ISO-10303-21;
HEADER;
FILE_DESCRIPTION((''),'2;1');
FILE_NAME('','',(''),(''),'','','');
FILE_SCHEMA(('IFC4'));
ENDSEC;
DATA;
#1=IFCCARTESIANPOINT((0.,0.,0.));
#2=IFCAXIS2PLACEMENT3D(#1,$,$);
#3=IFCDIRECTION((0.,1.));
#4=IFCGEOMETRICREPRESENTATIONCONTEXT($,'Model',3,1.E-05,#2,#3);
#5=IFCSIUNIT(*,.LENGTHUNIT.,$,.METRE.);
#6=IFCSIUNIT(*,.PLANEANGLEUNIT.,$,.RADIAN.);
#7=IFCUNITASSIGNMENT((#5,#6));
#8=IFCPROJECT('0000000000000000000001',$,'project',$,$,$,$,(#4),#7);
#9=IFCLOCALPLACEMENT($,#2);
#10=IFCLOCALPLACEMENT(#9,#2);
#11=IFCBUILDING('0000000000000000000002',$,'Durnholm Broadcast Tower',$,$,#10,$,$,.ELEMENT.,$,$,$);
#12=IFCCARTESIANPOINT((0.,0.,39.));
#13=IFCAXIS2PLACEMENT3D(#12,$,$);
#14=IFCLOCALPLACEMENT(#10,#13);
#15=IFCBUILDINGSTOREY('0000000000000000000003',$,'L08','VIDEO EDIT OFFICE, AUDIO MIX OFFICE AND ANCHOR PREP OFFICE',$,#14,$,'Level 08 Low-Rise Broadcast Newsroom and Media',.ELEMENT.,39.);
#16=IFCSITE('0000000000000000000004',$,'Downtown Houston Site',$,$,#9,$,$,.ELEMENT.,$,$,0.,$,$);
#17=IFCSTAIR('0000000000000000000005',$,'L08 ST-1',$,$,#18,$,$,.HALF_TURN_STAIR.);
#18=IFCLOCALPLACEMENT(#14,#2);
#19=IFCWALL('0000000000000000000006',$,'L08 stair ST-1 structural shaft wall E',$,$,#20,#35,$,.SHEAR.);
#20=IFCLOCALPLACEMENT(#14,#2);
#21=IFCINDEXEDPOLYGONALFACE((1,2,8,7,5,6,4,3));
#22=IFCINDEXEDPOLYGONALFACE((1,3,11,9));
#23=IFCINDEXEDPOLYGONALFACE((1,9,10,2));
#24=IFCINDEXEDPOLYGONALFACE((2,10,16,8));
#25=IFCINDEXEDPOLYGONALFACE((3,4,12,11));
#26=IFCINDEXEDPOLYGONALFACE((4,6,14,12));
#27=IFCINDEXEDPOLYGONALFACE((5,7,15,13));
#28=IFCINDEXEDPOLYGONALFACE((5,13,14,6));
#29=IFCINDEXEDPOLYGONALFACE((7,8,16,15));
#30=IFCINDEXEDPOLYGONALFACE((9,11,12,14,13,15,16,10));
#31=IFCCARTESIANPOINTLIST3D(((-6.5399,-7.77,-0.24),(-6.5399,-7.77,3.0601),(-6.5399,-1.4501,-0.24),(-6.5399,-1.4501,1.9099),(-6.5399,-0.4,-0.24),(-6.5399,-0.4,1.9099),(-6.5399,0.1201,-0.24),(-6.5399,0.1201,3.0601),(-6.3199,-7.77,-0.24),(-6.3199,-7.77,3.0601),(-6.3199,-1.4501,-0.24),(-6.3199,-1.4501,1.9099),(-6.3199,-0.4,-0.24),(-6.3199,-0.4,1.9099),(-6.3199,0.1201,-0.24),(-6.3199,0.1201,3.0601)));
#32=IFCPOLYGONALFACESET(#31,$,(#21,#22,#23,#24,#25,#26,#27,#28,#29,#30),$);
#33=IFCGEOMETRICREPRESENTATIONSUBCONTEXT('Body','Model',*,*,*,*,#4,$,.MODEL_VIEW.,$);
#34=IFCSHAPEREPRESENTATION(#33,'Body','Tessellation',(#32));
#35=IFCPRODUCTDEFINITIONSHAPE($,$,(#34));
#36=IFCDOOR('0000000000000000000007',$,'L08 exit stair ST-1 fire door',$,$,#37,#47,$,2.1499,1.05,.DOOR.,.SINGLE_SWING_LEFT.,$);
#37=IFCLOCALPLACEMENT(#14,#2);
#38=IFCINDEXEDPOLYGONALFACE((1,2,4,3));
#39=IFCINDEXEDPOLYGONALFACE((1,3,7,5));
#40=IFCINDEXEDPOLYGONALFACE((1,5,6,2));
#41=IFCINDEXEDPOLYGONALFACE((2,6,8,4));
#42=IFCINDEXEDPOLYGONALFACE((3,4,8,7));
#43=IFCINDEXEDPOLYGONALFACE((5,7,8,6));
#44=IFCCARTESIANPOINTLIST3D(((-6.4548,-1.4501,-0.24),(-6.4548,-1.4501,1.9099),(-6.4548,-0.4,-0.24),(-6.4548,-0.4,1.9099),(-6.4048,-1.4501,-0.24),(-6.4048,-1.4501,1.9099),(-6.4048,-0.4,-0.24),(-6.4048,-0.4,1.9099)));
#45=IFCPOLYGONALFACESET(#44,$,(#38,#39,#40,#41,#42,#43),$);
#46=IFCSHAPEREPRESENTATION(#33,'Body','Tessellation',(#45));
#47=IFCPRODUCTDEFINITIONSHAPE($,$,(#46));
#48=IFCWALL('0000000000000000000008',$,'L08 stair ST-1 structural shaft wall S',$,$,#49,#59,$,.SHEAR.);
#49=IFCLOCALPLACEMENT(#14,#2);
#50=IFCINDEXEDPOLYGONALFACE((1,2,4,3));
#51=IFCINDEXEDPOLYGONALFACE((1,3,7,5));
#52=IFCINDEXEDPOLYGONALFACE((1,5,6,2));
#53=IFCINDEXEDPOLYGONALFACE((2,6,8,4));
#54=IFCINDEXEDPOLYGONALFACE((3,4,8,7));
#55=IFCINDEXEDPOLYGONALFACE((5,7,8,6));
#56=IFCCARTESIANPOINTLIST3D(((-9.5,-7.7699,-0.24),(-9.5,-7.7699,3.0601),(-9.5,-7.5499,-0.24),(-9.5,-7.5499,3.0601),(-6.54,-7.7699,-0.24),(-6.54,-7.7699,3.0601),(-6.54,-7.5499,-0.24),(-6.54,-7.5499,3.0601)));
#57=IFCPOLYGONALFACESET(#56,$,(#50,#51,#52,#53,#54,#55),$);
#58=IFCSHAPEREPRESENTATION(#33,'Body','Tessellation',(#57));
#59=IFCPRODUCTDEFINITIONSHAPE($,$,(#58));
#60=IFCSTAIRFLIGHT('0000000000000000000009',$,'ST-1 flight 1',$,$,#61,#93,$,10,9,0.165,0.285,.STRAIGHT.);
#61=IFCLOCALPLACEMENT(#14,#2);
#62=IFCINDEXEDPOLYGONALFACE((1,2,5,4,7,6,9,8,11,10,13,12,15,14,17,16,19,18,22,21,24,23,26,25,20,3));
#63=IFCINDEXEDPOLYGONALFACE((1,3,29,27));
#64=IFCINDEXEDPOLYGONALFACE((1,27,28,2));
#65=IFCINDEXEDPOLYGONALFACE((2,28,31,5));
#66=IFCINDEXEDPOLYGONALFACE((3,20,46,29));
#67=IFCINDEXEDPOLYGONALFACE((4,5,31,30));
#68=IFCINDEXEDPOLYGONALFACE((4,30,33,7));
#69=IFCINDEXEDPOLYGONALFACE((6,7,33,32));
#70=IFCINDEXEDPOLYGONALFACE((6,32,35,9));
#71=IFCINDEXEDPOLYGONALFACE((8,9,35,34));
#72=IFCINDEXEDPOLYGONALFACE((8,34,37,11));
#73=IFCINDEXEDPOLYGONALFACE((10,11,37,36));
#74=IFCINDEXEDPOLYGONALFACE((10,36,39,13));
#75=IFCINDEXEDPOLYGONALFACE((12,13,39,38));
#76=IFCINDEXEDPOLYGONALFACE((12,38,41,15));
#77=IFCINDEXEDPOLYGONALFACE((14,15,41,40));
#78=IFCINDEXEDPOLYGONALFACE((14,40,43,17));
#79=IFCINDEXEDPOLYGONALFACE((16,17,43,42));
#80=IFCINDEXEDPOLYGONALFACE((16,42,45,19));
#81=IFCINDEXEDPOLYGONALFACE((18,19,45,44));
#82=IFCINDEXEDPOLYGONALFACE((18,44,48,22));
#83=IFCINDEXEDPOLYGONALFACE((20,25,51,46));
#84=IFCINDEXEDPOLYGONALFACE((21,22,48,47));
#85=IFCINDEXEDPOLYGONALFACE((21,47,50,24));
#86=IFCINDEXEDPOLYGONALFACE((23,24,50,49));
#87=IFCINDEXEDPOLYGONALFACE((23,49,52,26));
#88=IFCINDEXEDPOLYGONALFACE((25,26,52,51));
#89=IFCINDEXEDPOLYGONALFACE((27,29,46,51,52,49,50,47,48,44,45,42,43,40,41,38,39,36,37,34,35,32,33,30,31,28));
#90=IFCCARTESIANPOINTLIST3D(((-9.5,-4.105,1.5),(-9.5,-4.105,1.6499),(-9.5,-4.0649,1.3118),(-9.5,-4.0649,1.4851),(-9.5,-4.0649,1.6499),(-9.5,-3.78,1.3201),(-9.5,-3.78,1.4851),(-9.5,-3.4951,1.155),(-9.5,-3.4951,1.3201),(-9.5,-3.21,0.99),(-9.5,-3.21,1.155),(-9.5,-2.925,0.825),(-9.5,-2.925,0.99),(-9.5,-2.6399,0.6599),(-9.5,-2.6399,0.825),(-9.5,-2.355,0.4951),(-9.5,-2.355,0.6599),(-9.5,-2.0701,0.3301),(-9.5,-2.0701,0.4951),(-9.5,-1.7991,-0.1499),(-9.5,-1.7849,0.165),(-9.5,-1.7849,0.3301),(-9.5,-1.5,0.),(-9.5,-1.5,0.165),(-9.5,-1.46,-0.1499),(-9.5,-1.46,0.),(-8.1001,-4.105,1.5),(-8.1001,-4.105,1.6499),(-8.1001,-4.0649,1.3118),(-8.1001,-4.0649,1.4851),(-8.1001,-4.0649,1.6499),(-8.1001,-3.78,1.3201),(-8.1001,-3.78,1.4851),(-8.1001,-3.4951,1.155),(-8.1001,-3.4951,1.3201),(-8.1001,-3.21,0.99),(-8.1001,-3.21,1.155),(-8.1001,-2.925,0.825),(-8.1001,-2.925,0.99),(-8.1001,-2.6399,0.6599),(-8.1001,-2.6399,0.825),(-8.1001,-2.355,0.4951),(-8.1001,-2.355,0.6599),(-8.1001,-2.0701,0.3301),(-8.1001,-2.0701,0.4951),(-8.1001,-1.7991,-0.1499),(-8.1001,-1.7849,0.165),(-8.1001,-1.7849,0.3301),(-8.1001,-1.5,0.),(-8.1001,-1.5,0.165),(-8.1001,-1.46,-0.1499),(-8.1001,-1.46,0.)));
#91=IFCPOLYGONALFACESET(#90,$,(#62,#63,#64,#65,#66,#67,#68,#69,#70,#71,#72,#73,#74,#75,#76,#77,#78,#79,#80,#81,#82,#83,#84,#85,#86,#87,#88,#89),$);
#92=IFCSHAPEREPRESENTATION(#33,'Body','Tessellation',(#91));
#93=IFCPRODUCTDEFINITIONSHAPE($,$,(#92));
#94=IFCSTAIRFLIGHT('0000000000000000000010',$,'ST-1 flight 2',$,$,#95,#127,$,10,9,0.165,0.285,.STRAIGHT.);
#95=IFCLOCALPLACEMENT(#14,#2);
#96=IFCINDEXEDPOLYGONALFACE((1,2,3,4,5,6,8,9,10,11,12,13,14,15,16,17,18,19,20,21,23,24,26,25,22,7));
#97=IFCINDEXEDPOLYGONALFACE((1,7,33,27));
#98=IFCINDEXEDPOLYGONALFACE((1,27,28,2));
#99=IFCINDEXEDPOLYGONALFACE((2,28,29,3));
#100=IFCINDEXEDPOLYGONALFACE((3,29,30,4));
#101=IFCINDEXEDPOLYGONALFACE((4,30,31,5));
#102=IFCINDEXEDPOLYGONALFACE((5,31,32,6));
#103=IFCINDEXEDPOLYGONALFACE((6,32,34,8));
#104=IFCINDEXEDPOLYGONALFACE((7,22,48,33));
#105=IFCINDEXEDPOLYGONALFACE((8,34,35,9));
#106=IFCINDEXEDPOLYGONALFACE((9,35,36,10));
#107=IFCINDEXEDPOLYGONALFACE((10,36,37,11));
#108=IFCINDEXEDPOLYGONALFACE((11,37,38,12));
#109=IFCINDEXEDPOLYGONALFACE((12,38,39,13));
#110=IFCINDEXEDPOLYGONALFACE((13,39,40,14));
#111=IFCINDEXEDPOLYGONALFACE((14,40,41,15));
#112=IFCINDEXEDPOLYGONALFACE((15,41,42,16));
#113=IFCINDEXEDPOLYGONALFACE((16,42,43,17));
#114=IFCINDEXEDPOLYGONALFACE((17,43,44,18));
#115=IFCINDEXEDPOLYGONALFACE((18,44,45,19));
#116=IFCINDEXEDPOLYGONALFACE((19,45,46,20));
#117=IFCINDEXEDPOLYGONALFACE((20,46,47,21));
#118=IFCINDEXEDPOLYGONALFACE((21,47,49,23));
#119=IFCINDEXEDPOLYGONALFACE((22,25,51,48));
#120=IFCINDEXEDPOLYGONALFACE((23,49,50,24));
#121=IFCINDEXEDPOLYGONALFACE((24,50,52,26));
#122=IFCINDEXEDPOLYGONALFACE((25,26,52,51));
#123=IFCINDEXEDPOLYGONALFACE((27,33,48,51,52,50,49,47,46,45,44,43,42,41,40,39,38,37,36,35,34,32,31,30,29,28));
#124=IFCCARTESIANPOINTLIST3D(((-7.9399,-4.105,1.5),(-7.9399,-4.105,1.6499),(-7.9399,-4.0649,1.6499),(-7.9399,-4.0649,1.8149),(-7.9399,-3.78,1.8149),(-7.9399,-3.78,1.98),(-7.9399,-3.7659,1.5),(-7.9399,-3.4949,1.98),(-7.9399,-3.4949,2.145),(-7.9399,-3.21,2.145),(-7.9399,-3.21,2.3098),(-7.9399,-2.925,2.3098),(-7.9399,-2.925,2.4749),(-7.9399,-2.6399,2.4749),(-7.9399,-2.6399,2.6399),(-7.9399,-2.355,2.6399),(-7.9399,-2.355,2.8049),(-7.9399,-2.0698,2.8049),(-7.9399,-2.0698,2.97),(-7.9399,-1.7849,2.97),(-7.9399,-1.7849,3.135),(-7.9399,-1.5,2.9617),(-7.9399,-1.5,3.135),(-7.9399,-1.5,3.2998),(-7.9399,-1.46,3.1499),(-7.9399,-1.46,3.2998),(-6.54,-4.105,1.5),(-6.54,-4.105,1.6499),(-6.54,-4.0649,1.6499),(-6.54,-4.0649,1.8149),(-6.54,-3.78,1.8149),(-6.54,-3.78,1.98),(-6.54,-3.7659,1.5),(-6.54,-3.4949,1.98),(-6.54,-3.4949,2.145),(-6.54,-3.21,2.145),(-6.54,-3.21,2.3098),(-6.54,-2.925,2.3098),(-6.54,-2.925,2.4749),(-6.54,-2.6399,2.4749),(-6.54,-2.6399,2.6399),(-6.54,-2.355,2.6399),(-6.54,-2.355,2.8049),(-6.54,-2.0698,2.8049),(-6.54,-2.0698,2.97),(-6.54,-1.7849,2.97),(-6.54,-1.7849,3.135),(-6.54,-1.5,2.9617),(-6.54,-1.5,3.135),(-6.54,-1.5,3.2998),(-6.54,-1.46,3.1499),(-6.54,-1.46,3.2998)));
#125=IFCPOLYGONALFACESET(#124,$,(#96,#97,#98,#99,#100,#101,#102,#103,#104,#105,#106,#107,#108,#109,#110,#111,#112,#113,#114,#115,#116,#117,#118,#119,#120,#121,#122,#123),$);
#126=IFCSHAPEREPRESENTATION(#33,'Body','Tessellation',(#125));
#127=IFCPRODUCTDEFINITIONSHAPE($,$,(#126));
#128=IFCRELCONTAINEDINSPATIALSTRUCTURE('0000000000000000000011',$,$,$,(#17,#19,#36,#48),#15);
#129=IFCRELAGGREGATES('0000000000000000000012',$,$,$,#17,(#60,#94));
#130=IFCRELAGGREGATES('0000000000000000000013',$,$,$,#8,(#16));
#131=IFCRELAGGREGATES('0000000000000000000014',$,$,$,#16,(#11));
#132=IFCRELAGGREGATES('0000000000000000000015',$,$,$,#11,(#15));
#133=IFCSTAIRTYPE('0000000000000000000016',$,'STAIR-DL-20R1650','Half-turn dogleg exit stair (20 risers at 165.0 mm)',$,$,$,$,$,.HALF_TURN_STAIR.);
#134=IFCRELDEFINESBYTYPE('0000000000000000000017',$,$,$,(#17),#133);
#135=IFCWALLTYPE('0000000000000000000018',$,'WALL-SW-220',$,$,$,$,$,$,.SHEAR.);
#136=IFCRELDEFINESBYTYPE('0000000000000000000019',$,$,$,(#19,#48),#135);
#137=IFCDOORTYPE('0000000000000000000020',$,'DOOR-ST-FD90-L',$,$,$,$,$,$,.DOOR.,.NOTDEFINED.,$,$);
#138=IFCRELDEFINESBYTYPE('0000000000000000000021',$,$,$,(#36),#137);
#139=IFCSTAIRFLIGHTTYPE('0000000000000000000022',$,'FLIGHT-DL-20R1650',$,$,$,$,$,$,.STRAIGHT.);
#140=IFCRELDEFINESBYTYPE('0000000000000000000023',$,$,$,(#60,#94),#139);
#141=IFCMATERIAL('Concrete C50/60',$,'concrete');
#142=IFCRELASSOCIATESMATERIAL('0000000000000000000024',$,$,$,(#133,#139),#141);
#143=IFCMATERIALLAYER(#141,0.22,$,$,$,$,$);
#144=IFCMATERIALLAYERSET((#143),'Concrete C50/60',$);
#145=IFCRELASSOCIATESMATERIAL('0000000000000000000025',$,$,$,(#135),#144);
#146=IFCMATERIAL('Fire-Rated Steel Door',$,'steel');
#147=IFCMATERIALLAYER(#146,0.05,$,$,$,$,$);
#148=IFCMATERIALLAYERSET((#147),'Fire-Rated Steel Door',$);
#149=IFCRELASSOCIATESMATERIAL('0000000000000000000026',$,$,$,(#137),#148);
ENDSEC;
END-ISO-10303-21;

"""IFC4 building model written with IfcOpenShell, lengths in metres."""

from ifc_helpers import new_model, si_unit, direction, frame, frame_2d, origin, place, context, subcontext, project, spatial, polyline, rectangle, outline, extrude, source, transform, mapped, material, layer, layer_set, type_object, type_shapes, element, fill, aggregate, save


model = new_model("IFC4")

# Units and contexts
model_context = context("Model", 3, precision=1e-05, world=origin(), true_north=direction((0.0, 1.0)))
body_context = subcontext(model_context, "Body", "Model", "MODEL_VIEW")
ifc_project = project(units=[si_unit("LENGTHUNIT", "METRE"), si_unit("PLANEANGLEUNIT", "RADIAN")], contexts=[model_context])

# Site, building, storey
site_placement = place(None, origin())
site = spatial("IfcSite", under=ifc_project, at=site_placement, Name="Downtown Houston Site", CompositionType="ELEMENT", RefElevation=0.0)
building_placement = place(site_placement, origin())
building = spatial("IfcBuilding", under=site, at=building_placement, Name="Durnholm Broadcast Tower", CompositionType="ELEMENT")
storey_placement = place(building_placement, frame((0.0, 0.0, 39.0)))
storey = spatial("IfcBuildingStorey", under=building, at=storey_placement, Name="L08", Description="VIDEO EDIT OFFICE, AUDIO MIX OFFICE AND ANCHOR PREP OFFICE", LongName="Level 08 Low-Rise Broadcast Newsroom and Media", CompositionType="ELEMENT", Elevation=39.0)

# Shared definitions
ifc_material_1 = material(Name="Concrete C50/60", Category="concrete")

# Stair
stair_type = type_object("IfcStairType", Name="STAIR-DL-20R1650", Description="Half-turn dogleg exit stair (20 risers at 165.0 mm)", PredefinedType="HALF_TURN_STAIR", material=ifc_material_1)
stair_1_placement = place(storey_placement, origin())
stair_1 = element("IfcStair", 1, at=stair_1_placement, inside=storey, type_object=stair_type, Name="L08 ST-1", PredefinedType="HALF_TURN_STAIR")

# Wall, opening, door
ifc_layer_1 = layer(ifc_material_1, 0.22)
ifc_layer_set_1 = layer_set([ifc_layer_1], Name="Concrete C50/60")
wall_type_1 = type_object("IfcWallType", Name="WALL-SW-220", PredefinedType="SHEAR", material=ifc_layer_set_1)
wall_1_placement = place(storey_placement, frame((-6.4299, -7.77, -0.24), z_axis=(0.0, 0.0, 1.0), x_axis=(0.0, 1.0, 0.0)))
wall_1 = element("IfcWall", 2, at=wall_1_placement, inside=storey, type_object=wall_type_1, Name="L08 stair ST-1 structural shaft wall E", PredefinedType="SHEAR", context=body_context, shape_type="SweptSolid", body=[
    extrude(rectangle(XDim=7.8901, YDim=0.22, at=frame_2d((3.9451, 0.0))), origin(), (0.0, 0.0, 1.0), 3.3),
])
opening_1_placement = place(wall_1_placement, frame((6.3201, 0.0, 0.0)))
opening_1 = element("IfcOpeningElement", 3, at=opening_1_placement, cuts=wall_1, PredefinedType="OPENING", context=body_context, shape_type="SweptSolid", body=[
    extrude(rectangle(XDim=1.05, YDim=2.1499, at=frame_2d((0.5249, 1.075))), frame((0.0, 0.1201, 0.0), z_axis=(0.0, -1.0, 0.0), x_axis=(1.0, 0.0, 0.0)), (0.0, 0.0, 1.0), 0.24),
])
ifc_material_2 = material(Name="Fire-Rated Steel Door", Category="steel")
ifc_layer_2 = layer(ifc_material_2, 0.05)
ifc_layer_set_2 = layer_set([ifc_layer_2], Name="Fire-Rated Steel Door")
door_type_1 = type_object("IfcDoorType", Name="DOOR-ST-FD90-L", OperationType="NOTDEFINED", PredefinedType="DOOR", material=ifc_layer_set_2)
shared_shape_1 = source(origin(), body_context, "Body", "SweptSolid", [
    extrude(rectangle(XDim=1.05, YDim=2.1499, at=frame_2d((0.5249, 1.075))), frame((0.0, 0.0249, 0.0), z_axis=(0.0, -1.0, 0.0), x_axis=(1.0, 0.0, 0.0)), (0.0, 0.0, 1.0), 0.05),
])
type_shapes(door_type_1, [shared_shape_1])
door_1_placement = place(opening_1_placement, origin())
door_1 = element("IfcDoor", 4, at=door_1_placement, inside=storey, type_object=door_type_1, Name="L08 exit stair ST-1 fire door", OperationType="SINGLE_SWING_LEFT", OverallHeight=2.1499, OverallWidth=1.05, PredefinedType="DOOR", context=body_context, shape_type="MappedRepresentation", body=[
    mapped(shared_shape_1, transform((0.0, 0.0, 0.0), x_axis=(1.0, 0.0, 0.0), y_axis=(0.0, 1.0, 0.0), z_axis=(0.0, 0.0, 1.0), scale=1.0)),
])
fill(opening_1, door_1)

# Wall
wall_2_placement = place(storey_placement, frame((-9.5, -7.6599, -0.24), z_axis=(0.0, 0.0, 1.0), x_axis=(1.0, 0.0, 0.0)))
element("IfcWall", 5, at=wall_2_placement, inside=storey, type_object=wall_type_1, Name="L08 stair ST-1 structural shaft wall S", PredefinedType="SHEAR", context=body_context, shape_type="SweptSolid", body=[
    extrude(rectangle(XDim=2.96, YDim=0.22, at=frame_2d((1.48, 0.0))), origin(), (0.0, 0.0, 1.0), 3.3),
])

# Stair flights
stair_flight_type = type_object("IfcStairFlightType", Name="FLIGHT-DL-20R1650", PredefinedType="STRAIGHT", material=ifc_material_1)
stair_flight_1_placement = place(storey_placement, frame((-8.8, -1.5, 0.0), z_axis=(0.0, 0.0, 1.0), x_axis=(0.0, -1.0, 0.0)))
stair_flight_1 = element("IfcStairFlight", 6, at=stair_flight_1_placement, type_object=stair_flight_type, Name="ST-1 flight 1", NumberOfRisers=10, NumberOfTreads=9, PredefinedType="STRAIGHT", RiserHeight=0.165, TreadLength=0.285, context=body_context, shape_type="SweptSolid", body=[
    extrude(outline(polyline([(-0.04, -0.1499), (-0.04, 0.0), (0.0, 0.0), (0.0, 0.165), (0.2849, 0.165), (0.2849, 0.3301), (0.5701, 0.3301), (0.5701, 0.4951), (0.855, 0.4951), (0.855, 0.6599), (1.1399, 0.6599), (1.1399, 0.825), (1.425, 0.825), (1.425, 0.99), (1.71, 0.99), (1.71, 1.155), (1.9951, 1.155), (1.9951, 1.3201), (2.28, 1.3201), (2.28, 1.4851), (2.5649, 1.4851), (2.5649, 1.6499), (2.605, 1.6499), (2.605, 1.5), (2.5649, 1.3118), (0.2991, -0.1499), (-0.04, -0.1499)])), frame((0.0, 0.7, 0.0), z_axis=(0.0, -1.0, 0.0), x_axis=(1.0, 0.0, 0.0)), (0.0, 0.0, 1.0), 1.3999),
])
stair_flight_2_placement = place(storey_placement, frame((-7.24, -4.0649, 1.6499), z_axis=(0.0, 0.0, 1.0), x_axis=(0.0, 1.0, 0.0)))
stair_flight_2 = element("IfcStairFlight", 7, at=stair_flight_2_placement, type_object=stair_flight_type, Name="ST-1 flight 2", NumberOfRisers=10, NumberOfTreads=9, PredefinedType="STRAIGHT", RiserHeight=0.165, TreadLength=0.285, context=body_context, shape_type="SweptSolid", body=[
    extrude(outline(polyline([(-0.04, -0.1499), (-0.04, 0.0), (0.0, 0.0), (0.0, 0.165), (0.2849, 0.165), (0.2849, 0.3301), (0.5701, 0.3301), (0.5701, 0.4951), (0.855, 0.4951), (0.855, 0.6599), (1.1399, 0.6599), (1.1399, 0.825), (1.425, 0.825), (1.425, 0.99), (1.71, 0.99), (1.71, 1.155), (1.9951, 1.155), (1.9951, 1.3201), (2.28, 1.3201), (2.28, 1.4851), (2.5649, 1.4851), (2.5649, 1.6499), (2.605, 1.6499), (2.605, 1.5), (2.5649, 1.3118), (0.2991, -0.1499), (-0.04, -0.1499)])), frame((0.0, 0.7, 0.0), z_axis=(0.0, -1.0, 0.0), x_axis=(1.0, 0.0, 0.0)), (0.0, 0.0, 1.0), 1.3999),
])
aggregate(stair_1, [stair_flight_1, stair_flight_2])

save(model, "model.ifc")
